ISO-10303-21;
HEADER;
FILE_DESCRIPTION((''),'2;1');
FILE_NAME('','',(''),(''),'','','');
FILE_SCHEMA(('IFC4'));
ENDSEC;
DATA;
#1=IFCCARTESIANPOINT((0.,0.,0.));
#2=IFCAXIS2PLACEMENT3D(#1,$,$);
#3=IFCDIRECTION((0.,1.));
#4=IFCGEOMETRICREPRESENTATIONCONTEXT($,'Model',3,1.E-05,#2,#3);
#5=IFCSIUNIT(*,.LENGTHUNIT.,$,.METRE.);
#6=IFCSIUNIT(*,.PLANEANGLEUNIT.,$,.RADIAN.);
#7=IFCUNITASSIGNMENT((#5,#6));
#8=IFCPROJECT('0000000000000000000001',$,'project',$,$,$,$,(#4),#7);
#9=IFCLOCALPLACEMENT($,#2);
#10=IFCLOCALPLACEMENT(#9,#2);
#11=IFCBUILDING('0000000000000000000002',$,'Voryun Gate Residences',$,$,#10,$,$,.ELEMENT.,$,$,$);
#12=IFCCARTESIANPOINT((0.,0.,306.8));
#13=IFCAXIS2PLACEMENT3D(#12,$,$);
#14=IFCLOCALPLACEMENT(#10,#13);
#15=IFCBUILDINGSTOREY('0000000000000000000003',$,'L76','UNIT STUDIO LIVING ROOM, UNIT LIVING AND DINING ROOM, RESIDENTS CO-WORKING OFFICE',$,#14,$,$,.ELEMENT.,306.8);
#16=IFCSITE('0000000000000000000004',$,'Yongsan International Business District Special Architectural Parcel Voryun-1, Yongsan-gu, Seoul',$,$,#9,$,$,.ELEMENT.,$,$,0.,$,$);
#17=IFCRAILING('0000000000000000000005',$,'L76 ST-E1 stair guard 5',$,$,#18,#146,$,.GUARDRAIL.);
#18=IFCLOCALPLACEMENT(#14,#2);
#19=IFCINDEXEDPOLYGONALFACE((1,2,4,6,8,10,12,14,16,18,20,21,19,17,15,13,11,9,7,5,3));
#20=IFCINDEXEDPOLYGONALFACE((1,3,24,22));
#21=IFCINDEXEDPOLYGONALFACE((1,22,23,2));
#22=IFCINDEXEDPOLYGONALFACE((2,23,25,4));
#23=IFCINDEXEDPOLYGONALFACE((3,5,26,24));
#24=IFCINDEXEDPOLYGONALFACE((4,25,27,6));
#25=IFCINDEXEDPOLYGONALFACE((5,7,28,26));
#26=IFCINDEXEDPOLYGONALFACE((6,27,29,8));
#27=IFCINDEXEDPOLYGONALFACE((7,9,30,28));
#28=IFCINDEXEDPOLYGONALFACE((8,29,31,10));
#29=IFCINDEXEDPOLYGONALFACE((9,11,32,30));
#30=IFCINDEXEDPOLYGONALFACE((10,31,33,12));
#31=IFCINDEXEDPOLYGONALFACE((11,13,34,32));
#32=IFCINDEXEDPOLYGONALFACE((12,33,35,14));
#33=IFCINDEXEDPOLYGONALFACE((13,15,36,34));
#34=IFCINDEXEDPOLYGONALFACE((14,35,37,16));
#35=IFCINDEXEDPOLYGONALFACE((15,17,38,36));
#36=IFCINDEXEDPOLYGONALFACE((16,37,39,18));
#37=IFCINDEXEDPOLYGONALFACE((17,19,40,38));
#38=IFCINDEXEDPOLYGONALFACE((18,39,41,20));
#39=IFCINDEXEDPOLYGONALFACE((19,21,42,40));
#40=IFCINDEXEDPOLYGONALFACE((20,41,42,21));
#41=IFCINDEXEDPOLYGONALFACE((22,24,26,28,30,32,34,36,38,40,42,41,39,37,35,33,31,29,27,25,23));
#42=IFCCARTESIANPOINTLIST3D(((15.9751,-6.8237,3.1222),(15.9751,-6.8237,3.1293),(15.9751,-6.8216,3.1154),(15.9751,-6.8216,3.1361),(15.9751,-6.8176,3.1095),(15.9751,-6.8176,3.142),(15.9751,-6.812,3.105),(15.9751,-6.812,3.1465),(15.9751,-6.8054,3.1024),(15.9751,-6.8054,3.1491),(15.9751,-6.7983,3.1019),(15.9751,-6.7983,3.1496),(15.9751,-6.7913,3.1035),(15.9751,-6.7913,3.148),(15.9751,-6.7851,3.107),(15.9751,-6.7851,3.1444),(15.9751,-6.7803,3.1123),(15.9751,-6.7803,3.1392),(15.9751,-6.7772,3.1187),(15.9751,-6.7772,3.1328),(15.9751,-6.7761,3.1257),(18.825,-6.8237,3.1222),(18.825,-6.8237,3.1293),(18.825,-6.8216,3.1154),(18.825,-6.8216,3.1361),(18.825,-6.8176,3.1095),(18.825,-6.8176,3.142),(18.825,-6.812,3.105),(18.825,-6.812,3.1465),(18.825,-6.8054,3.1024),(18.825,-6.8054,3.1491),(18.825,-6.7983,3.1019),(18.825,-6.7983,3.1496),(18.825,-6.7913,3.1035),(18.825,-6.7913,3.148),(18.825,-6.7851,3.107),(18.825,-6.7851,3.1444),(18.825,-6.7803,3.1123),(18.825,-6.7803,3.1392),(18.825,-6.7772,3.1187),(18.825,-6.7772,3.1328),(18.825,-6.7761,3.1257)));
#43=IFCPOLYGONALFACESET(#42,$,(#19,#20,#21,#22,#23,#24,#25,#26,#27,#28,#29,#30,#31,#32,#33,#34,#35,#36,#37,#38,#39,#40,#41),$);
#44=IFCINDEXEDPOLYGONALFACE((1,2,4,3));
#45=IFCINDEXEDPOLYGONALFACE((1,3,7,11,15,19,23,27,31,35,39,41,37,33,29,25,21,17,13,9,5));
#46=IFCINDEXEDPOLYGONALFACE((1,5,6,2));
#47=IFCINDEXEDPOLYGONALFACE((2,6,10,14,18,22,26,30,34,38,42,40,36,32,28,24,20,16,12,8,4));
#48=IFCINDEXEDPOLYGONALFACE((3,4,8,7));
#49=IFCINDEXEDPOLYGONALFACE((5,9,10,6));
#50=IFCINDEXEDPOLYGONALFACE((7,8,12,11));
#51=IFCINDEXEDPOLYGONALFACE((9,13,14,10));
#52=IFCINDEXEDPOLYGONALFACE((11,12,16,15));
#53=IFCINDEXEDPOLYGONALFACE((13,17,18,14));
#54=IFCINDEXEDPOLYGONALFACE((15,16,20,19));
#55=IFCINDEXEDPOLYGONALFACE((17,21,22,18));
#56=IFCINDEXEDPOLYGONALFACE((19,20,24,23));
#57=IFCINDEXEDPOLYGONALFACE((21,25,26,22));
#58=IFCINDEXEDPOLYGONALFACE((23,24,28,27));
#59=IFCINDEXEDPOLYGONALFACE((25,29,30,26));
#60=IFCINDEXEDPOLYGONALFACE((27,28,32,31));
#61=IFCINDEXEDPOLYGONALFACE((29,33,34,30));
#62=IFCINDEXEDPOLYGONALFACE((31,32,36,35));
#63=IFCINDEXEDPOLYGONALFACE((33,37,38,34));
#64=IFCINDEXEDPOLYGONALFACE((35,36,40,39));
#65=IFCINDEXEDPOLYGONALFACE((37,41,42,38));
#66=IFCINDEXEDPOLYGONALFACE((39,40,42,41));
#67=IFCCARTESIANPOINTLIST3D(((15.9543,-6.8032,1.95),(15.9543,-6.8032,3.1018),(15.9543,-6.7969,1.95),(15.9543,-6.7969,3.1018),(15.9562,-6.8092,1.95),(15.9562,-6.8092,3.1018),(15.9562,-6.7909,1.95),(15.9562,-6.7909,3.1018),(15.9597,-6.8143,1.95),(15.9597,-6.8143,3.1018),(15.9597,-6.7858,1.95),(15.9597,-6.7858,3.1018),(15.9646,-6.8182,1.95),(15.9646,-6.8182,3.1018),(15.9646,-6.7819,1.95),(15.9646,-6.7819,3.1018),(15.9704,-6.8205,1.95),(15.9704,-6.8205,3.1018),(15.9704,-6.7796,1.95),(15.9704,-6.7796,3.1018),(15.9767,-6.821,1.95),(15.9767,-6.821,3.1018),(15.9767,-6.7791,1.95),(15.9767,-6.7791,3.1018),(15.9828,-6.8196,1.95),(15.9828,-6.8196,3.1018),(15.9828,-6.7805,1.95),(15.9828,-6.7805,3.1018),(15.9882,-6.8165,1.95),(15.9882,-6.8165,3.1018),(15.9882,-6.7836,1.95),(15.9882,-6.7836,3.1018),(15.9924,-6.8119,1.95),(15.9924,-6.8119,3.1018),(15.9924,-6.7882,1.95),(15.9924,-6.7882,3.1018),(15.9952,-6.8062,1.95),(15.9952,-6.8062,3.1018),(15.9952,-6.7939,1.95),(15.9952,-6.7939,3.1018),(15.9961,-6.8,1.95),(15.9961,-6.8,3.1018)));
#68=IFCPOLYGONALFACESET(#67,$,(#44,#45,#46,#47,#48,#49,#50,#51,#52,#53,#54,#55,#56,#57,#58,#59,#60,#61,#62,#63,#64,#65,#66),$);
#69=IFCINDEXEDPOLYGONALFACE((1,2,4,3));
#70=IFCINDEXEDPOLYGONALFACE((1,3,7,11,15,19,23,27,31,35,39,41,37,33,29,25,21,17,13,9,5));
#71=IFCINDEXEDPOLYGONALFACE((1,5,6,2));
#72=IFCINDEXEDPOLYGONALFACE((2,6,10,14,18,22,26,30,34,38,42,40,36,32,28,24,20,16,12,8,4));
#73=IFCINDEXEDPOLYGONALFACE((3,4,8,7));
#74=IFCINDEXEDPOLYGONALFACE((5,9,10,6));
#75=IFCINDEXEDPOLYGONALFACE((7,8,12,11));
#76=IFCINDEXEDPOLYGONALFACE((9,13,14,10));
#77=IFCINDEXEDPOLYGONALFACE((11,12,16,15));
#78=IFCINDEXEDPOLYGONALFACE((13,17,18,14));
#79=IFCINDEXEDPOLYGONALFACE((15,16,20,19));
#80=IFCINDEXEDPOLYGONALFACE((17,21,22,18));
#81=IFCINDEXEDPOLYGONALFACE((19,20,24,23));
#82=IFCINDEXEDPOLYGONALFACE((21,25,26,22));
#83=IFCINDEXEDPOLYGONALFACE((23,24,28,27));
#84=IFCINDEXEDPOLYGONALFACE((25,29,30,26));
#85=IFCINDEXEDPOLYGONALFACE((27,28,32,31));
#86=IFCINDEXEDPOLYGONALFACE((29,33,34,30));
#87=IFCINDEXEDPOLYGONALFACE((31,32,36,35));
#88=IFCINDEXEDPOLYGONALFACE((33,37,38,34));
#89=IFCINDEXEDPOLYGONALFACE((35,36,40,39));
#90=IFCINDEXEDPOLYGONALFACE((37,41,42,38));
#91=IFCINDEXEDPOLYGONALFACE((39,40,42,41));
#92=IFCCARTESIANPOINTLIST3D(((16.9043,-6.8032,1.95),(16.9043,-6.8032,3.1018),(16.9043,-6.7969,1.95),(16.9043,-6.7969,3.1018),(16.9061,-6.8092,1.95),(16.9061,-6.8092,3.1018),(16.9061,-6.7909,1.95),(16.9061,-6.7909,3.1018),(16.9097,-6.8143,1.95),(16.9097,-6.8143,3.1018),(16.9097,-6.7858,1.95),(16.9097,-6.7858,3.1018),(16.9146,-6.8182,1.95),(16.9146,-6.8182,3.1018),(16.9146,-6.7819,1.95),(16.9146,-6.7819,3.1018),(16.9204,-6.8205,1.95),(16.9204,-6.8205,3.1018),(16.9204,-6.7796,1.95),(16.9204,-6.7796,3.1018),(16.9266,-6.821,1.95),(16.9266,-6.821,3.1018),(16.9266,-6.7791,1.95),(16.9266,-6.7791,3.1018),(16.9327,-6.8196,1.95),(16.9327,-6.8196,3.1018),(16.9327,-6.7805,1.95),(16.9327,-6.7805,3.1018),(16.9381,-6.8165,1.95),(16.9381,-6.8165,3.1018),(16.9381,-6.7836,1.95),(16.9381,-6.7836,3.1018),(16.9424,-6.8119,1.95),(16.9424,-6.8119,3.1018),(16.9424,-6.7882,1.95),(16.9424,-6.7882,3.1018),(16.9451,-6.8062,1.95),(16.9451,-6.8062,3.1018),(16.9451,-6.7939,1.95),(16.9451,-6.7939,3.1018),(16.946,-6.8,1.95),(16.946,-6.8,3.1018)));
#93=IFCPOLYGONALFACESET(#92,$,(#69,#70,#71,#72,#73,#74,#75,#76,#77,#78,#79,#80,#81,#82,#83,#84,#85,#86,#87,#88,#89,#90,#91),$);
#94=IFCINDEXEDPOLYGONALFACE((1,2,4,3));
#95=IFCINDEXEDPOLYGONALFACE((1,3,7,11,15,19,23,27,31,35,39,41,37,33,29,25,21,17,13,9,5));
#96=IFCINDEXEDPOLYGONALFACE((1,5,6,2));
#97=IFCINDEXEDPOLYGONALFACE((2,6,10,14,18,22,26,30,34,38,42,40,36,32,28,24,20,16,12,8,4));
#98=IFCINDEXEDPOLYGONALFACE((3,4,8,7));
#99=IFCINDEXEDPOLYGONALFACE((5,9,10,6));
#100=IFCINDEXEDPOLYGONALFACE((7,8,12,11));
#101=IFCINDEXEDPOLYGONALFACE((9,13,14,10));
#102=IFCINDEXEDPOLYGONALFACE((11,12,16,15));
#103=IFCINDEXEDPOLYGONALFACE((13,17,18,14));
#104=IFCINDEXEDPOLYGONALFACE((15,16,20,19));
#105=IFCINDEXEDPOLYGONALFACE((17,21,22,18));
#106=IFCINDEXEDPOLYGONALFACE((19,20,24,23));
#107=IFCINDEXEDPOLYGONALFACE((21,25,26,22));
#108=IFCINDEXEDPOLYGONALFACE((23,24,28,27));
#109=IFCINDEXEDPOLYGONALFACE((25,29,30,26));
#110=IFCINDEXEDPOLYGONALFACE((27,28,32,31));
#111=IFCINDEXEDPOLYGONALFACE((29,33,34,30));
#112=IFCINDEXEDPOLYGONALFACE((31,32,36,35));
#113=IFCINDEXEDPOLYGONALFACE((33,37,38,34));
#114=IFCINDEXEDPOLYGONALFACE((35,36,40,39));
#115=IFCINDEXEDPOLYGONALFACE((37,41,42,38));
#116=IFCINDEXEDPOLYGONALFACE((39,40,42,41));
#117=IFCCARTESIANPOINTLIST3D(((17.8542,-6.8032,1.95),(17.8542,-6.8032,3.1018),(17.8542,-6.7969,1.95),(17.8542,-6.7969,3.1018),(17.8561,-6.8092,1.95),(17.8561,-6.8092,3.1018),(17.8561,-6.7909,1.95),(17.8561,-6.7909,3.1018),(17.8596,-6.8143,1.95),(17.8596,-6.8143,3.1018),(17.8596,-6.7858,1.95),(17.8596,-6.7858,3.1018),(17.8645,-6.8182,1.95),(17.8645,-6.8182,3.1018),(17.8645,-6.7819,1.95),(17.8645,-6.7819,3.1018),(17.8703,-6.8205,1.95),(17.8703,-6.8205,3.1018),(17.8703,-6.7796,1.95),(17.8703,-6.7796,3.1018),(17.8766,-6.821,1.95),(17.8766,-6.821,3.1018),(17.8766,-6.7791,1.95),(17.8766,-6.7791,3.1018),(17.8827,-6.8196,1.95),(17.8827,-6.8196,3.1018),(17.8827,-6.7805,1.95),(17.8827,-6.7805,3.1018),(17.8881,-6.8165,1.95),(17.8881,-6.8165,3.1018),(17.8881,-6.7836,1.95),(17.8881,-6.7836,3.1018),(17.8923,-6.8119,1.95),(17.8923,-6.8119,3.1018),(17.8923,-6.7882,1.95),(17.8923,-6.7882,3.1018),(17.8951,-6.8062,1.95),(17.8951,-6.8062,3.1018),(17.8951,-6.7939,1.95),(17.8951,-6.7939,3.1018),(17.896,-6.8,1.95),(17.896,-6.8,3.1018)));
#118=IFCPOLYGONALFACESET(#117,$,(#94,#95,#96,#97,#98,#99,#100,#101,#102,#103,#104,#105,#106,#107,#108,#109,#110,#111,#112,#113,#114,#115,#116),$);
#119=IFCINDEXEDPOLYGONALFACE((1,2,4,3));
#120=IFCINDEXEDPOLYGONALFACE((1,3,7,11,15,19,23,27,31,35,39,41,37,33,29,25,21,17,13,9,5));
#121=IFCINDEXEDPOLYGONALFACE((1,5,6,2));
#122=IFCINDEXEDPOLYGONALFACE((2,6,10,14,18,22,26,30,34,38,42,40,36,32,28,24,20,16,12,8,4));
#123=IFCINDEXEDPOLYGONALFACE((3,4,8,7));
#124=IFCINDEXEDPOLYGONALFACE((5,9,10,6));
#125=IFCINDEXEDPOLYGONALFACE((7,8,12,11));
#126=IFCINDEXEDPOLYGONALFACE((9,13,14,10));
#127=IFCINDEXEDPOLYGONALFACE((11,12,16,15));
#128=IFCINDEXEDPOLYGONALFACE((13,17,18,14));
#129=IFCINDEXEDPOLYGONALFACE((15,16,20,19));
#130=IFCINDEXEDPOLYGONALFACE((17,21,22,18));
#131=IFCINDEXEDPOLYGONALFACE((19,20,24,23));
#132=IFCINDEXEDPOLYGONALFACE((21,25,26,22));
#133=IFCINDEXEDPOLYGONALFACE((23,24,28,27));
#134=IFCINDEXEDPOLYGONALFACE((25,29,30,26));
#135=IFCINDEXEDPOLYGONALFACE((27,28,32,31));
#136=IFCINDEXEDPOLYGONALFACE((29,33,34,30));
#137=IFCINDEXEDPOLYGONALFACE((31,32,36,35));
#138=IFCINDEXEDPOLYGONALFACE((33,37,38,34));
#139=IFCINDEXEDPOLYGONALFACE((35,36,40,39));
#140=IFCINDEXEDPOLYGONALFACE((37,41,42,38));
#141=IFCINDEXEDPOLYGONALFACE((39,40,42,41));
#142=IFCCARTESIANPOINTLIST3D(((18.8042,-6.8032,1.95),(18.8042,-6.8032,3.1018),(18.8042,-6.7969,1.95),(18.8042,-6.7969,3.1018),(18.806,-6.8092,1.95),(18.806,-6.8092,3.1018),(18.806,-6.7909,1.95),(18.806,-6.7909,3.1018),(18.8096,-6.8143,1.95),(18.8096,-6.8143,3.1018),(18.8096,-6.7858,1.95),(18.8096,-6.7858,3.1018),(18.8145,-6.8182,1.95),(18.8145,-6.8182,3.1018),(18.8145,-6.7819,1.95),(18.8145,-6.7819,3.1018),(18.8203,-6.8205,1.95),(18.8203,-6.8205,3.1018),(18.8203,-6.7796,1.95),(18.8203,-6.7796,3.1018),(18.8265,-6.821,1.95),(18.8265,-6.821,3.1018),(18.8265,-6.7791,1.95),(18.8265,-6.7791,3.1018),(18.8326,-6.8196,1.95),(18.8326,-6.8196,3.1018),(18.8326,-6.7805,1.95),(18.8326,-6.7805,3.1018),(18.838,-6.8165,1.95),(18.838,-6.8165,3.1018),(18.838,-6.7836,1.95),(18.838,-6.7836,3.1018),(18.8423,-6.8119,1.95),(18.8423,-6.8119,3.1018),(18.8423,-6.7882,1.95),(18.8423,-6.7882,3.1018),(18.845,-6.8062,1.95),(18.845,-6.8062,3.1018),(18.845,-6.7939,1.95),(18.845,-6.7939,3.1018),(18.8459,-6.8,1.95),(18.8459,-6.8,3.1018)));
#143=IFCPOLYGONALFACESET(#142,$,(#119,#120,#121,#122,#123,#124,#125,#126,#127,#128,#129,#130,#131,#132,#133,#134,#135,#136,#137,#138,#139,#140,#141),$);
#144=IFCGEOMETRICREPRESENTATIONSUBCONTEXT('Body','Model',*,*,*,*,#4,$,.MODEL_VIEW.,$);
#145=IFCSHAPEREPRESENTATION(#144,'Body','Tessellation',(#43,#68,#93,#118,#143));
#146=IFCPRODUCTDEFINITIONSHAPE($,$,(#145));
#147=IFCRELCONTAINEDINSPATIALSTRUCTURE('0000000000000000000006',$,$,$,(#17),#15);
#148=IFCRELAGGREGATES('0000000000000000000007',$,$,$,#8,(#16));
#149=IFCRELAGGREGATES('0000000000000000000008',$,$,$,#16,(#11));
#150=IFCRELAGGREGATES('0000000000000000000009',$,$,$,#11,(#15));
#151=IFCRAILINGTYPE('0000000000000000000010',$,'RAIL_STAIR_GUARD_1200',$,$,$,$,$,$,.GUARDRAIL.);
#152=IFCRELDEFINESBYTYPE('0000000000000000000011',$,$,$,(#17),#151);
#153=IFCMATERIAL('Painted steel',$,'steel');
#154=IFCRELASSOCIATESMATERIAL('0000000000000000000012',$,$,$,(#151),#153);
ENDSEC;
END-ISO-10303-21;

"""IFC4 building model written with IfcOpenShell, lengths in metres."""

from ifc_helpers import new_model, si_unit, direction, frame, origin, origin_2d, place, context, subcontext, project, spatial, circle, extrude, material, type_object, element, save


model = new_model("IFC4")

# Units and contexts
model_context = context("Model", 3, precision=1e-05, world=origin(), true_north=direction((0.0, 1.0)))
body_context = subcontext(model_context, "Body", "Model", "MODEL_VIEW")
ifc_project = project(units=[si_unit("LENGTHUNIT", "METRE"), si_unit("PLANEANGLEUNIT", "RADIAN")], contexts=[model_context])

# Site, building, storey
site_placement = place(None, origin())
site = spatial("IfcSite", under=ifc_project, at=site_placement, Name="Yongsan International Business District Special Architectural Parcel Voryun-1, Yongsan-gu, Seoul", CompositionType="ELEMENT", RefElevation=0.0)
building_placement = place(site_placement, origin())
building = spatial("IfcBuilding", under=site, at=building_placement, Name="Voryun Gate Residences", CompositionType="ELEMENT")
storey_placement = place(building_placement, frame((0.0, 0.0, 306.8)))
storey = spatial("IfcBuildingStorey", under=building, at=storey_placement, Name="L76", Description="UNIT STUDIO LIVING ROOM, UNIT LIVING AND DINING ROOM, RESIDENTS CO-WORKING OFFICE", CompositionType="ELEMENT", Elevation=306.8)

# Railing
ifc_material_1 = material(Name="Painted steel", Category="steel")
railing_type_1 = type_object("IfcRailingType", Name="RAIL_STAIR_GUARD_1200", PredefinedType="GUARDRAIL", material=ifc_material_1)
railing_1_placement = place(storey_placement, frame((15.9751, -6.8, 1.95)))
element("IfcRailing", 1, at=railing_1_placement, inside=storey, type_object=railing_type_1, Name="L76 ST-E1 stair guard 5", PredefinedType="GUARDRAIL", context=body_context, shape_type="SweptSolid", body=[
    extrude(circle(Radius=0.0239, at=origin_2d()), frame((0.0, 0.0, 1.1758), z_axis=(1.0, 0.0, 0.0), x_axis=(0.0, 1.0, 0.0)), (0.0, 0.0, 1.0), 2.8499),
    extrude(circle(Radius=0.021, at=origin_2d()), origin(), (0.0, 0.0, 1.0), 1.1519),
    extrude(circle(Radius=0.021, at=origin_2d()), frame((0.95, 0.0, 0.0)), (0.0, 0.0, 1.0), 1.1519),
    extrude(circle(Radius=0.021, at=origin_2d()), frame((1.8999, 0.0, 0.0)), (0.0, 0.0, 1.0), 1.1519),
    extrude(circle(Radius=0.021, at=origin_2d()), frame((2.8499, 0.0, 0.0)), (0.0, 0.0, 1.0), 1.1519),
])

save(model, "model.ifc")
